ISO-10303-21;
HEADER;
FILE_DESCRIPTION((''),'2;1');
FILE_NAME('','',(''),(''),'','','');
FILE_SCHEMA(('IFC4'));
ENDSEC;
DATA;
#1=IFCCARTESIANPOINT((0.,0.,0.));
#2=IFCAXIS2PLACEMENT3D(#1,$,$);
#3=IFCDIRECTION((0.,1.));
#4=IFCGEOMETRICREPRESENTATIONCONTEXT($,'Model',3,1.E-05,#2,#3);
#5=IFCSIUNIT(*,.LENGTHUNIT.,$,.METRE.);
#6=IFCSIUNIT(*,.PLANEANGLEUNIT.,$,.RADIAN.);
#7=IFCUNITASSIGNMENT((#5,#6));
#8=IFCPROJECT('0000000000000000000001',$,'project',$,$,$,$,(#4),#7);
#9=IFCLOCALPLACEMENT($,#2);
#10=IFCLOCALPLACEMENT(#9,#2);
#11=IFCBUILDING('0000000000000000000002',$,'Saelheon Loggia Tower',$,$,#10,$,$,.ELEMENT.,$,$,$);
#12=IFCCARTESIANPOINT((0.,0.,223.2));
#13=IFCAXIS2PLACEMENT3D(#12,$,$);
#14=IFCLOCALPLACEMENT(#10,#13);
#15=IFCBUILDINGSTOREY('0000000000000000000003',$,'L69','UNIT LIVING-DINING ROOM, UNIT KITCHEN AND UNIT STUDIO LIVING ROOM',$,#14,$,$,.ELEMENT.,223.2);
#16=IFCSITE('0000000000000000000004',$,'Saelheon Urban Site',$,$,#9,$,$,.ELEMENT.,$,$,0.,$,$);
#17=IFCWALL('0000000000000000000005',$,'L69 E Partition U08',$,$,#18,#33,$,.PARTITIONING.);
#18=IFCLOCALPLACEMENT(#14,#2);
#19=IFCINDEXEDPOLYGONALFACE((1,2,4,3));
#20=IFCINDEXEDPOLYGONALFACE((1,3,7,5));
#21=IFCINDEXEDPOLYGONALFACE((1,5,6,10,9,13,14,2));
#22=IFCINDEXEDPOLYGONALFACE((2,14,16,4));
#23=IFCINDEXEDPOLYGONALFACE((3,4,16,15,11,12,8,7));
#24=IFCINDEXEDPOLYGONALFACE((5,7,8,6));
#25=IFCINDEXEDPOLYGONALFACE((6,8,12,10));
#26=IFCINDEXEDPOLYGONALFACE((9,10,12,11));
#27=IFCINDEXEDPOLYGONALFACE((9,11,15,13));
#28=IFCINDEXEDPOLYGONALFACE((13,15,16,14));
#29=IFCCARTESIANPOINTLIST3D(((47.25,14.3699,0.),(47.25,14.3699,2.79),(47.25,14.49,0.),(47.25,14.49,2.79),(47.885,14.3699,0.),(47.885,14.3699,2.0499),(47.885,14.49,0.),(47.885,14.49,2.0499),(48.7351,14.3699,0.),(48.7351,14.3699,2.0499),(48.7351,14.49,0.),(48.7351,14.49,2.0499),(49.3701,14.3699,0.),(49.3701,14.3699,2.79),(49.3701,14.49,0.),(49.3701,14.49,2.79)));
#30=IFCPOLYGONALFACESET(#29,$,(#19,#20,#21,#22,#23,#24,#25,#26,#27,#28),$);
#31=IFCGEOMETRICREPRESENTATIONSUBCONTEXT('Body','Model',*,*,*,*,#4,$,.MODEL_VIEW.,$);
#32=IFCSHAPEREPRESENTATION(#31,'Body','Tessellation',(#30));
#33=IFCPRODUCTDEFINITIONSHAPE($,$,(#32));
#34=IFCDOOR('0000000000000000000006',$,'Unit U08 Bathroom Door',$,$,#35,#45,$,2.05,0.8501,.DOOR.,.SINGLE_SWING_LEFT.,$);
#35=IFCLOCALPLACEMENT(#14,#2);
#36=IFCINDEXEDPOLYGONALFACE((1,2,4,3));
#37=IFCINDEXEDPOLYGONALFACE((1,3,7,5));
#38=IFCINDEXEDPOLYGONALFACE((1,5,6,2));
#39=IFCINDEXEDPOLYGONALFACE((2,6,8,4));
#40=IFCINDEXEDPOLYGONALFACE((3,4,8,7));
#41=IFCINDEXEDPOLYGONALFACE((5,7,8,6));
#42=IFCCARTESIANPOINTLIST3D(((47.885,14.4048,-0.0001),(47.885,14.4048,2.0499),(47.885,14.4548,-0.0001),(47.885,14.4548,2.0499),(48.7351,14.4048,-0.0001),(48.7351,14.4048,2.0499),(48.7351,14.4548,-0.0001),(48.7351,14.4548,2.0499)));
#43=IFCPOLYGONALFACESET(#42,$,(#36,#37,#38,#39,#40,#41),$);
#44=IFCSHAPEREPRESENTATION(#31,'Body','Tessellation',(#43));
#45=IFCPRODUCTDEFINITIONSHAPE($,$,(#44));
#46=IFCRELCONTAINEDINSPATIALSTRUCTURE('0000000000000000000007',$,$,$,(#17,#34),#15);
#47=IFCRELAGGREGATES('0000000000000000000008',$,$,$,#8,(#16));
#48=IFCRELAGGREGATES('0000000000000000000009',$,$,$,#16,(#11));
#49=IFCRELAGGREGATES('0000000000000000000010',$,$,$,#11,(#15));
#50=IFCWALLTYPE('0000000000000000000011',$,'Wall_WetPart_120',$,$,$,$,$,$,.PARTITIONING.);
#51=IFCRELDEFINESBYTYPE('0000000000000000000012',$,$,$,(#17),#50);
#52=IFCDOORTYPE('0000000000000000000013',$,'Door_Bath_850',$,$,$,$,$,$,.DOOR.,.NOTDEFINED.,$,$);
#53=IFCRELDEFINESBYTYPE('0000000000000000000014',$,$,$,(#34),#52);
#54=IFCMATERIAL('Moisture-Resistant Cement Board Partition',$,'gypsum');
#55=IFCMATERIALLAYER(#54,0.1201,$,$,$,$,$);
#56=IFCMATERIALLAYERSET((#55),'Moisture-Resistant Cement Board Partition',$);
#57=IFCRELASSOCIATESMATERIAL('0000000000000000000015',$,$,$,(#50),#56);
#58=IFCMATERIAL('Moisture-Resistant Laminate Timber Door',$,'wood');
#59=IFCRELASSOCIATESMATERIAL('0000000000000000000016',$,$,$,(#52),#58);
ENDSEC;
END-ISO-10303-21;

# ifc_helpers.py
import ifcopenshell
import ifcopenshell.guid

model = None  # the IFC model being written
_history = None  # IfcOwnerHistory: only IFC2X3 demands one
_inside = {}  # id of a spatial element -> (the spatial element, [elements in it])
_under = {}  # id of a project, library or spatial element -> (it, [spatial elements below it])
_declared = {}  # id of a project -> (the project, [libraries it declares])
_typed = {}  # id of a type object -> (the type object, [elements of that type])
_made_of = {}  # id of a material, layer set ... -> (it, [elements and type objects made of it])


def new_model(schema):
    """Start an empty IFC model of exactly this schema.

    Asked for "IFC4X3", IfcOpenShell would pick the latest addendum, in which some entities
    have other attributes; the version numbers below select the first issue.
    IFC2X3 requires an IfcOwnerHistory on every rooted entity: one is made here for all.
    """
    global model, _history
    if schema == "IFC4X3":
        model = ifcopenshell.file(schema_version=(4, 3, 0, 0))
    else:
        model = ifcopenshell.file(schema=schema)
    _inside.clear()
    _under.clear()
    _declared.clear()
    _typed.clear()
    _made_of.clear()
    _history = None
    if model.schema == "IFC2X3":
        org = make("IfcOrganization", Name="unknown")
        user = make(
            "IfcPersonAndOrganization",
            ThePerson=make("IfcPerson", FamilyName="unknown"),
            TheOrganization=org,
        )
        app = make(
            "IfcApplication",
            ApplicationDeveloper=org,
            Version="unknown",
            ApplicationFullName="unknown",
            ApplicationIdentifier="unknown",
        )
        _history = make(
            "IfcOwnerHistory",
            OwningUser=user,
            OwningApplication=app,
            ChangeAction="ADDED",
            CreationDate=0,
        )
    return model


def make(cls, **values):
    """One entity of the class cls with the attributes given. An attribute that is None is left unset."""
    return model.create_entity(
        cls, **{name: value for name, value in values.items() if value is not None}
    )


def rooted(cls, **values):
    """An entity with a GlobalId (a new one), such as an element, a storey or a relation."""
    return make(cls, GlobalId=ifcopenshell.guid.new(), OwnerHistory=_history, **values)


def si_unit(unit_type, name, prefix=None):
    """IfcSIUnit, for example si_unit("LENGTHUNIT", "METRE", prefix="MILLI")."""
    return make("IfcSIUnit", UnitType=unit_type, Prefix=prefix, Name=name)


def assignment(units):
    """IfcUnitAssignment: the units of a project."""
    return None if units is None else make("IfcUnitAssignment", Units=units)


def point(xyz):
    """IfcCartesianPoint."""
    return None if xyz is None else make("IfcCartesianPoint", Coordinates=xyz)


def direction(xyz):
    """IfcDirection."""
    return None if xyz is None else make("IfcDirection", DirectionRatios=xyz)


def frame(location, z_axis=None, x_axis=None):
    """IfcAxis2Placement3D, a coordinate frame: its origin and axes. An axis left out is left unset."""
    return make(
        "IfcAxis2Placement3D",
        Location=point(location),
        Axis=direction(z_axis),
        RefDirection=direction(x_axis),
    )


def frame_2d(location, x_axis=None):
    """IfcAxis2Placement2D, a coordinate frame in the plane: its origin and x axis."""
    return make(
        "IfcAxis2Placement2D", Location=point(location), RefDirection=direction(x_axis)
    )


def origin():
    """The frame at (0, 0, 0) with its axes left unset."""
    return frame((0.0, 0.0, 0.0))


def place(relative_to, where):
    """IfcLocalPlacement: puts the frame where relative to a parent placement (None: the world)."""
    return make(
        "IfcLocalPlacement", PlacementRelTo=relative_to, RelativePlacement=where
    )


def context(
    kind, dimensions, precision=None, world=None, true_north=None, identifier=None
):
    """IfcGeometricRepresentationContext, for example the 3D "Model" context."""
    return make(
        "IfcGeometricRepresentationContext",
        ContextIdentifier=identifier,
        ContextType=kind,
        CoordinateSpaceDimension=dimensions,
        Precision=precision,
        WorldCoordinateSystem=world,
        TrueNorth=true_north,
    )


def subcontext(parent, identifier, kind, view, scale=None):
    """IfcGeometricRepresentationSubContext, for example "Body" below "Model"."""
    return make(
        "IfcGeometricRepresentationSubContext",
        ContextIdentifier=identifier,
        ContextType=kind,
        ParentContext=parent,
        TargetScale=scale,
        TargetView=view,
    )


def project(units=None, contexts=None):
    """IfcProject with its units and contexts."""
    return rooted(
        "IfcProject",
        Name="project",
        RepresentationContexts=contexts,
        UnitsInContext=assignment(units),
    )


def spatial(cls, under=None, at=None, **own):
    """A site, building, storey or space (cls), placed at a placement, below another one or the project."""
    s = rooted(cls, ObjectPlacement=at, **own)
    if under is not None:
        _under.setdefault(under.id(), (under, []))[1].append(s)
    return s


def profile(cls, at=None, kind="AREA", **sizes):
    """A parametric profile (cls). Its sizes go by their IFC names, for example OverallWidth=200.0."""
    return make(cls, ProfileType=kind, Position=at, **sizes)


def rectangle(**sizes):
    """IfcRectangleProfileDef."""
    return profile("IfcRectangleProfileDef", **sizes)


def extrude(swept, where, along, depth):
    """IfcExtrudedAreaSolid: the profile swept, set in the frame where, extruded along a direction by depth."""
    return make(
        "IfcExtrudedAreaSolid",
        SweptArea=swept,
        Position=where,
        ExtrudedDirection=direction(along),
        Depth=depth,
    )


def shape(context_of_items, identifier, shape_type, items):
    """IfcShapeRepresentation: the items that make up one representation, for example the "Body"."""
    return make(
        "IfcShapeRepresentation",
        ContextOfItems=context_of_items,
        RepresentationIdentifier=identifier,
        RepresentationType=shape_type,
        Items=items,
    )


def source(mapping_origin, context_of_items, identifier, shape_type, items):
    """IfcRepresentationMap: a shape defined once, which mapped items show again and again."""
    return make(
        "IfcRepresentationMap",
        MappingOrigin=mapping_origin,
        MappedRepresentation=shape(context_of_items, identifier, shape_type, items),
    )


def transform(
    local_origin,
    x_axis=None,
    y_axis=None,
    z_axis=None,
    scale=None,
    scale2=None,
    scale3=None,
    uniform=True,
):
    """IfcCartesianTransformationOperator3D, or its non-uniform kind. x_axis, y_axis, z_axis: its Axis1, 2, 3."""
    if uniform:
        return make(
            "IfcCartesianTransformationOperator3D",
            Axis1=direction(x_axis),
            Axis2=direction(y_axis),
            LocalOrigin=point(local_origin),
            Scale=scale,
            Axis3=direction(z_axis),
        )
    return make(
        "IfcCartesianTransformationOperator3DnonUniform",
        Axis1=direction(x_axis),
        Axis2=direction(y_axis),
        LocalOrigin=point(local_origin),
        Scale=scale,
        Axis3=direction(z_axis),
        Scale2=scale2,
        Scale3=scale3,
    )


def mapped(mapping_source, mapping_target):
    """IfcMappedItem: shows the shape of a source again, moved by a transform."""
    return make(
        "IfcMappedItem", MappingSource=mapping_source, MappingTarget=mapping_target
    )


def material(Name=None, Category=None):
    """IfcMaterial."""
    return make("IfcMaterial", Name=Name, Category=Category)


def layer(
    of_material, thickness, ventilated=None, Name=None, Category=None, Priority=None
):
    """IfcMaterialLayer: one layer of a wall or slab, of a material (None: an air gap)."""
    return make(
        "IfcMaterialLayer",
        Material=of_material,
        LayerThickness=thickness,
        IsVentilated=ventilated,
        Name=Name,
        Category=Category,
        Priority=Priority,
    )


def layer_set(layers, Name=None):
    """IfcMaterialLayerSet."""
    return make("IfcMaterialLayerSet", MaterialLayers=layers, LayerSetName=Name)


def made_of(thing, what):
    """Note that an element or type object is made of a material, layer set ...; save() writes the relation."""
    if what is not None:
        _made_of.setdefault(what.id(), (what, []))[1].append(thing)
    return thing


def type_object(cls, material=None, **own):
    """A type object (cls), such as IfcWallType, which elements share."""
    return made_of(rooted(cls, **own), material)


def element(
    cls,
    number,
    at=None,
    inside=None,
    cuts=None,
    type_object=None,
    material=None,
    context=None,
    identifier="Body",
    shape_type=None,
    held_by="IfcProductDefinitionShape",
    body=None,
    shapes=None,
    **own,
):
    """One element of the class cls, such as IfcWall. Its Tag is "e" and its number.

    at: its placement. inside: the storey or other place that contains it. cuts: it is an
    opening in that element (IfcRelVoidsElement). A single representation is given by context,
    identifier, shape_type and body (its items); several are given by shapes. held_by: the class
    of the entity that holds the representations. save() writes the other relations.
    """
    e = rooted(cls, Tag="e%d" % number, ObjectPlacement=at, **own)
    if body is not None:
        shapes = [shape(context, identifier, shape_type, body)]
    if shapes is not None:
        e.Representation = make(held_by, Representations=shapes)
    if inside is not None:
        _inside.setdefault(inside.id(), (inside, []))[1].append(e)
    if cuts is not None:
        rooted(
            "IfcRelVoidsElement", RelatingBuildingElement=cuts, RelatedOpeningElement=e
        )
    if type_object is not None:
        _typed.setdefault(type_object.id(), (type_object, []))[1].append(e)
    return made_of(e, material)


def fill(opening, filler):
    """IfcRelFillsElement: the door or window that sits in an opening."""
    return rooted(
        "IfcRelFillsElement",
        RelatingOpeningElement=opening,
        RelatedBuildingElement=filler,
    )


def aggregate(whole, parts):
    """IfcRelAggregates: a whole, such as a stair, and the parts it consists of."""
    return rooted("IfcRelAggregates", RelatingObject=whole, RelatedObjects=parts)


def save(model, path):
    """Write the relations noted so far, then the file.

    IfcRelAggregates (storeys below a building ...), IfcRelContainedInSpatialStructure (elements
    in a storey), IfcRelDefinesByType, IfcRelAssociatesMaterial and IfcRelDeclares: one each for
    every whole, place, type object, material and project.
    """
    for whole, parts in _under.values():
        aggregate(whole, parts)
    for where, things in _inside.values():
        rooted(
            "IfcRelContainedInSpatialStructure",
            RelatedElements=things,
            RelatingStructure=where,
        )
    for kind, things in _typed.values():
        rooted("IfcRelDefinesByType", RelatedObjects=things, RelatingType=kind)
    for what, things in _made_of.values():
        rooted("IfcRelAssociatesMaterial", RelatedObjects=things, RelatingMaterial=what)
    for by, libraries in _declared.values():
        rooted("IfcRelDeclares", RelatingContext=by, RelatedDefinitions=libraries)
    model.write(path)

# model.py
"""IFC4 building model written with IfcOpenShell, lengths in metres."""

from ifc_helpers import new_model, si_unit, direction, frame, frame_2d, origin, place, context, subcontext, project, spatial, rectangle, extrude, source, transform, mapped, material, layer, layer_set, type_object, element, fill, save


model = new_model("IFC4")

# Units and contexts
model_context = context("Model", 3, precision=1e-05, world=origin(), true_north=direction((0.0, 1.0)))
body_context = subcontext(model_context, "Body", "Model", "MODEL_VIEW")
ifc_project = project(units=[si_unit("LENGTHUNIT", "METRE"), si_unit("PLANEANGLEUNIT", "RADIAN")], contexts=[model_context])

# Site, building, storey
site_placement = place(None, origin())
site = spatial("IfcSite", under=ifc_project, at=site_placement, Name="Saelheon Urban Site", CompositionType="ELEMENT", RefElevation=0.0)
building_placement = place(site_placement, origin())
building = spatial("IfcBuilding", under=site, at=building_placement, Name="Saelheon Loggia Tower", CompositionType="ELEMENT")
storey_placement = place(building_placement, frame((0.0, 0.0, 223.2)))
storey = spatial("IfcBuildingStorey", under=building, at=storey_placement, Name="L69", Description="UNIT LIVING-DINING ROOM, UNIT KITCHEN AND UNIT STUDIO LIVING ROOM", CompositionType="ELEMENT", Elevation=223.2)

# Shared definitions
ifc_material_1 = material(Name="Moisture-Resistant Cement Board Partition", Category="gypsum")
ifc_layer_1 = layer(ifc_material_1, 0.1201)
ifc_layer_set_1 = layer_set([ifc_layer_1], Name="Moisture-Resistant Cement Board Partition")
wall_type_1 = type_object("IfcWallType", Name="Wall_WetPart_120", PredefinedType="PARTITIONING", material=ifc_layer_set_1)

# Wall, opening, door
wall_1_placement = place(storey_placement, frame((47.25, 14.4299, 0.0), z_axis=(0.0, 0.0, 1.0), x_axis=(1.0, 0.0, 0.0)))
wall_1 = element("IfcWall", 1, at=wall_1_placement, inside=storey, type_object=wall_type_1, Name="L69 E Partition U08", PredefinedType="PARTITIONING", context=body_context, shape_type="SweptSolid", body=[
    extrude(rectangle(XDim=2.1201, YDim=0.1201, at=frame_2d((1.0601, 0.0))), origin(), (0.0, 0.0, 1.0), 2.79),
])
opening_1_placement = place(wall_1_placement, frame((0.635, 0.0, 0.0)))
opening_1 = element("IfcOpeningElement", 2, at=opening_1_placement, cuts=wall_1, PredefinedType="OPENING", context=body_context, shape_type="SweptSolid", body=[
    extrude(rectangle(XDim=0.8501, YDim=2.05, at=frame_2d((0.425, 1.0249))), frame((0.0, 0.072, 0.0), z_axis=(0.0, -1.0, 0.0), x_axis=(1.0, 0.0, 0.0)), (0.0, 0.0, 1.0), 0.144),
])
ifc_material_2 = material(Name="Moisture-Resistant Laminate Timber Door", Category="wood")
door_type_1 = type_object("IfcDoorType", Name="Door_Bath_850", OperationType="NOTDEFINED", PredefinedType="DOOR", material=ifc_material_2)
shared_shape_1 = source(origin(), body_context, "Body", "SweptSolid", [
    extrude(rectangle(XDim=0.8501, YDim=2.05, at=frame_2d((0.425, 1.0249))), frame((0.0, 0.0249, 0.0), z_axis=(0.0, -1.0, 0.0), x_axis=(1.0, 0.0, 0.0)), (0.0, 0.0, 1.0), 0.05),
])
door_1_placement = place(opening_1_placement, origin())
door_1 = element("IfcDoor", 3, at=door_1_placement, inside=storey, type_object=door_type_1, Name="Unit U08 Bathroom Door", OperationType="SINGLE_SWING_LEFT", OverallHeight=2.05, OverallWidth=0.8501, PredefinedType="DOOR", context=body_context, shape_type="MappedRepresentation", body=[
    mapped(shared_shape_1, transform((0.0, 0.0, 0.0), scale=1.0)),
])
fill(opening_1, door_1)

save(model, "model.ifc")
